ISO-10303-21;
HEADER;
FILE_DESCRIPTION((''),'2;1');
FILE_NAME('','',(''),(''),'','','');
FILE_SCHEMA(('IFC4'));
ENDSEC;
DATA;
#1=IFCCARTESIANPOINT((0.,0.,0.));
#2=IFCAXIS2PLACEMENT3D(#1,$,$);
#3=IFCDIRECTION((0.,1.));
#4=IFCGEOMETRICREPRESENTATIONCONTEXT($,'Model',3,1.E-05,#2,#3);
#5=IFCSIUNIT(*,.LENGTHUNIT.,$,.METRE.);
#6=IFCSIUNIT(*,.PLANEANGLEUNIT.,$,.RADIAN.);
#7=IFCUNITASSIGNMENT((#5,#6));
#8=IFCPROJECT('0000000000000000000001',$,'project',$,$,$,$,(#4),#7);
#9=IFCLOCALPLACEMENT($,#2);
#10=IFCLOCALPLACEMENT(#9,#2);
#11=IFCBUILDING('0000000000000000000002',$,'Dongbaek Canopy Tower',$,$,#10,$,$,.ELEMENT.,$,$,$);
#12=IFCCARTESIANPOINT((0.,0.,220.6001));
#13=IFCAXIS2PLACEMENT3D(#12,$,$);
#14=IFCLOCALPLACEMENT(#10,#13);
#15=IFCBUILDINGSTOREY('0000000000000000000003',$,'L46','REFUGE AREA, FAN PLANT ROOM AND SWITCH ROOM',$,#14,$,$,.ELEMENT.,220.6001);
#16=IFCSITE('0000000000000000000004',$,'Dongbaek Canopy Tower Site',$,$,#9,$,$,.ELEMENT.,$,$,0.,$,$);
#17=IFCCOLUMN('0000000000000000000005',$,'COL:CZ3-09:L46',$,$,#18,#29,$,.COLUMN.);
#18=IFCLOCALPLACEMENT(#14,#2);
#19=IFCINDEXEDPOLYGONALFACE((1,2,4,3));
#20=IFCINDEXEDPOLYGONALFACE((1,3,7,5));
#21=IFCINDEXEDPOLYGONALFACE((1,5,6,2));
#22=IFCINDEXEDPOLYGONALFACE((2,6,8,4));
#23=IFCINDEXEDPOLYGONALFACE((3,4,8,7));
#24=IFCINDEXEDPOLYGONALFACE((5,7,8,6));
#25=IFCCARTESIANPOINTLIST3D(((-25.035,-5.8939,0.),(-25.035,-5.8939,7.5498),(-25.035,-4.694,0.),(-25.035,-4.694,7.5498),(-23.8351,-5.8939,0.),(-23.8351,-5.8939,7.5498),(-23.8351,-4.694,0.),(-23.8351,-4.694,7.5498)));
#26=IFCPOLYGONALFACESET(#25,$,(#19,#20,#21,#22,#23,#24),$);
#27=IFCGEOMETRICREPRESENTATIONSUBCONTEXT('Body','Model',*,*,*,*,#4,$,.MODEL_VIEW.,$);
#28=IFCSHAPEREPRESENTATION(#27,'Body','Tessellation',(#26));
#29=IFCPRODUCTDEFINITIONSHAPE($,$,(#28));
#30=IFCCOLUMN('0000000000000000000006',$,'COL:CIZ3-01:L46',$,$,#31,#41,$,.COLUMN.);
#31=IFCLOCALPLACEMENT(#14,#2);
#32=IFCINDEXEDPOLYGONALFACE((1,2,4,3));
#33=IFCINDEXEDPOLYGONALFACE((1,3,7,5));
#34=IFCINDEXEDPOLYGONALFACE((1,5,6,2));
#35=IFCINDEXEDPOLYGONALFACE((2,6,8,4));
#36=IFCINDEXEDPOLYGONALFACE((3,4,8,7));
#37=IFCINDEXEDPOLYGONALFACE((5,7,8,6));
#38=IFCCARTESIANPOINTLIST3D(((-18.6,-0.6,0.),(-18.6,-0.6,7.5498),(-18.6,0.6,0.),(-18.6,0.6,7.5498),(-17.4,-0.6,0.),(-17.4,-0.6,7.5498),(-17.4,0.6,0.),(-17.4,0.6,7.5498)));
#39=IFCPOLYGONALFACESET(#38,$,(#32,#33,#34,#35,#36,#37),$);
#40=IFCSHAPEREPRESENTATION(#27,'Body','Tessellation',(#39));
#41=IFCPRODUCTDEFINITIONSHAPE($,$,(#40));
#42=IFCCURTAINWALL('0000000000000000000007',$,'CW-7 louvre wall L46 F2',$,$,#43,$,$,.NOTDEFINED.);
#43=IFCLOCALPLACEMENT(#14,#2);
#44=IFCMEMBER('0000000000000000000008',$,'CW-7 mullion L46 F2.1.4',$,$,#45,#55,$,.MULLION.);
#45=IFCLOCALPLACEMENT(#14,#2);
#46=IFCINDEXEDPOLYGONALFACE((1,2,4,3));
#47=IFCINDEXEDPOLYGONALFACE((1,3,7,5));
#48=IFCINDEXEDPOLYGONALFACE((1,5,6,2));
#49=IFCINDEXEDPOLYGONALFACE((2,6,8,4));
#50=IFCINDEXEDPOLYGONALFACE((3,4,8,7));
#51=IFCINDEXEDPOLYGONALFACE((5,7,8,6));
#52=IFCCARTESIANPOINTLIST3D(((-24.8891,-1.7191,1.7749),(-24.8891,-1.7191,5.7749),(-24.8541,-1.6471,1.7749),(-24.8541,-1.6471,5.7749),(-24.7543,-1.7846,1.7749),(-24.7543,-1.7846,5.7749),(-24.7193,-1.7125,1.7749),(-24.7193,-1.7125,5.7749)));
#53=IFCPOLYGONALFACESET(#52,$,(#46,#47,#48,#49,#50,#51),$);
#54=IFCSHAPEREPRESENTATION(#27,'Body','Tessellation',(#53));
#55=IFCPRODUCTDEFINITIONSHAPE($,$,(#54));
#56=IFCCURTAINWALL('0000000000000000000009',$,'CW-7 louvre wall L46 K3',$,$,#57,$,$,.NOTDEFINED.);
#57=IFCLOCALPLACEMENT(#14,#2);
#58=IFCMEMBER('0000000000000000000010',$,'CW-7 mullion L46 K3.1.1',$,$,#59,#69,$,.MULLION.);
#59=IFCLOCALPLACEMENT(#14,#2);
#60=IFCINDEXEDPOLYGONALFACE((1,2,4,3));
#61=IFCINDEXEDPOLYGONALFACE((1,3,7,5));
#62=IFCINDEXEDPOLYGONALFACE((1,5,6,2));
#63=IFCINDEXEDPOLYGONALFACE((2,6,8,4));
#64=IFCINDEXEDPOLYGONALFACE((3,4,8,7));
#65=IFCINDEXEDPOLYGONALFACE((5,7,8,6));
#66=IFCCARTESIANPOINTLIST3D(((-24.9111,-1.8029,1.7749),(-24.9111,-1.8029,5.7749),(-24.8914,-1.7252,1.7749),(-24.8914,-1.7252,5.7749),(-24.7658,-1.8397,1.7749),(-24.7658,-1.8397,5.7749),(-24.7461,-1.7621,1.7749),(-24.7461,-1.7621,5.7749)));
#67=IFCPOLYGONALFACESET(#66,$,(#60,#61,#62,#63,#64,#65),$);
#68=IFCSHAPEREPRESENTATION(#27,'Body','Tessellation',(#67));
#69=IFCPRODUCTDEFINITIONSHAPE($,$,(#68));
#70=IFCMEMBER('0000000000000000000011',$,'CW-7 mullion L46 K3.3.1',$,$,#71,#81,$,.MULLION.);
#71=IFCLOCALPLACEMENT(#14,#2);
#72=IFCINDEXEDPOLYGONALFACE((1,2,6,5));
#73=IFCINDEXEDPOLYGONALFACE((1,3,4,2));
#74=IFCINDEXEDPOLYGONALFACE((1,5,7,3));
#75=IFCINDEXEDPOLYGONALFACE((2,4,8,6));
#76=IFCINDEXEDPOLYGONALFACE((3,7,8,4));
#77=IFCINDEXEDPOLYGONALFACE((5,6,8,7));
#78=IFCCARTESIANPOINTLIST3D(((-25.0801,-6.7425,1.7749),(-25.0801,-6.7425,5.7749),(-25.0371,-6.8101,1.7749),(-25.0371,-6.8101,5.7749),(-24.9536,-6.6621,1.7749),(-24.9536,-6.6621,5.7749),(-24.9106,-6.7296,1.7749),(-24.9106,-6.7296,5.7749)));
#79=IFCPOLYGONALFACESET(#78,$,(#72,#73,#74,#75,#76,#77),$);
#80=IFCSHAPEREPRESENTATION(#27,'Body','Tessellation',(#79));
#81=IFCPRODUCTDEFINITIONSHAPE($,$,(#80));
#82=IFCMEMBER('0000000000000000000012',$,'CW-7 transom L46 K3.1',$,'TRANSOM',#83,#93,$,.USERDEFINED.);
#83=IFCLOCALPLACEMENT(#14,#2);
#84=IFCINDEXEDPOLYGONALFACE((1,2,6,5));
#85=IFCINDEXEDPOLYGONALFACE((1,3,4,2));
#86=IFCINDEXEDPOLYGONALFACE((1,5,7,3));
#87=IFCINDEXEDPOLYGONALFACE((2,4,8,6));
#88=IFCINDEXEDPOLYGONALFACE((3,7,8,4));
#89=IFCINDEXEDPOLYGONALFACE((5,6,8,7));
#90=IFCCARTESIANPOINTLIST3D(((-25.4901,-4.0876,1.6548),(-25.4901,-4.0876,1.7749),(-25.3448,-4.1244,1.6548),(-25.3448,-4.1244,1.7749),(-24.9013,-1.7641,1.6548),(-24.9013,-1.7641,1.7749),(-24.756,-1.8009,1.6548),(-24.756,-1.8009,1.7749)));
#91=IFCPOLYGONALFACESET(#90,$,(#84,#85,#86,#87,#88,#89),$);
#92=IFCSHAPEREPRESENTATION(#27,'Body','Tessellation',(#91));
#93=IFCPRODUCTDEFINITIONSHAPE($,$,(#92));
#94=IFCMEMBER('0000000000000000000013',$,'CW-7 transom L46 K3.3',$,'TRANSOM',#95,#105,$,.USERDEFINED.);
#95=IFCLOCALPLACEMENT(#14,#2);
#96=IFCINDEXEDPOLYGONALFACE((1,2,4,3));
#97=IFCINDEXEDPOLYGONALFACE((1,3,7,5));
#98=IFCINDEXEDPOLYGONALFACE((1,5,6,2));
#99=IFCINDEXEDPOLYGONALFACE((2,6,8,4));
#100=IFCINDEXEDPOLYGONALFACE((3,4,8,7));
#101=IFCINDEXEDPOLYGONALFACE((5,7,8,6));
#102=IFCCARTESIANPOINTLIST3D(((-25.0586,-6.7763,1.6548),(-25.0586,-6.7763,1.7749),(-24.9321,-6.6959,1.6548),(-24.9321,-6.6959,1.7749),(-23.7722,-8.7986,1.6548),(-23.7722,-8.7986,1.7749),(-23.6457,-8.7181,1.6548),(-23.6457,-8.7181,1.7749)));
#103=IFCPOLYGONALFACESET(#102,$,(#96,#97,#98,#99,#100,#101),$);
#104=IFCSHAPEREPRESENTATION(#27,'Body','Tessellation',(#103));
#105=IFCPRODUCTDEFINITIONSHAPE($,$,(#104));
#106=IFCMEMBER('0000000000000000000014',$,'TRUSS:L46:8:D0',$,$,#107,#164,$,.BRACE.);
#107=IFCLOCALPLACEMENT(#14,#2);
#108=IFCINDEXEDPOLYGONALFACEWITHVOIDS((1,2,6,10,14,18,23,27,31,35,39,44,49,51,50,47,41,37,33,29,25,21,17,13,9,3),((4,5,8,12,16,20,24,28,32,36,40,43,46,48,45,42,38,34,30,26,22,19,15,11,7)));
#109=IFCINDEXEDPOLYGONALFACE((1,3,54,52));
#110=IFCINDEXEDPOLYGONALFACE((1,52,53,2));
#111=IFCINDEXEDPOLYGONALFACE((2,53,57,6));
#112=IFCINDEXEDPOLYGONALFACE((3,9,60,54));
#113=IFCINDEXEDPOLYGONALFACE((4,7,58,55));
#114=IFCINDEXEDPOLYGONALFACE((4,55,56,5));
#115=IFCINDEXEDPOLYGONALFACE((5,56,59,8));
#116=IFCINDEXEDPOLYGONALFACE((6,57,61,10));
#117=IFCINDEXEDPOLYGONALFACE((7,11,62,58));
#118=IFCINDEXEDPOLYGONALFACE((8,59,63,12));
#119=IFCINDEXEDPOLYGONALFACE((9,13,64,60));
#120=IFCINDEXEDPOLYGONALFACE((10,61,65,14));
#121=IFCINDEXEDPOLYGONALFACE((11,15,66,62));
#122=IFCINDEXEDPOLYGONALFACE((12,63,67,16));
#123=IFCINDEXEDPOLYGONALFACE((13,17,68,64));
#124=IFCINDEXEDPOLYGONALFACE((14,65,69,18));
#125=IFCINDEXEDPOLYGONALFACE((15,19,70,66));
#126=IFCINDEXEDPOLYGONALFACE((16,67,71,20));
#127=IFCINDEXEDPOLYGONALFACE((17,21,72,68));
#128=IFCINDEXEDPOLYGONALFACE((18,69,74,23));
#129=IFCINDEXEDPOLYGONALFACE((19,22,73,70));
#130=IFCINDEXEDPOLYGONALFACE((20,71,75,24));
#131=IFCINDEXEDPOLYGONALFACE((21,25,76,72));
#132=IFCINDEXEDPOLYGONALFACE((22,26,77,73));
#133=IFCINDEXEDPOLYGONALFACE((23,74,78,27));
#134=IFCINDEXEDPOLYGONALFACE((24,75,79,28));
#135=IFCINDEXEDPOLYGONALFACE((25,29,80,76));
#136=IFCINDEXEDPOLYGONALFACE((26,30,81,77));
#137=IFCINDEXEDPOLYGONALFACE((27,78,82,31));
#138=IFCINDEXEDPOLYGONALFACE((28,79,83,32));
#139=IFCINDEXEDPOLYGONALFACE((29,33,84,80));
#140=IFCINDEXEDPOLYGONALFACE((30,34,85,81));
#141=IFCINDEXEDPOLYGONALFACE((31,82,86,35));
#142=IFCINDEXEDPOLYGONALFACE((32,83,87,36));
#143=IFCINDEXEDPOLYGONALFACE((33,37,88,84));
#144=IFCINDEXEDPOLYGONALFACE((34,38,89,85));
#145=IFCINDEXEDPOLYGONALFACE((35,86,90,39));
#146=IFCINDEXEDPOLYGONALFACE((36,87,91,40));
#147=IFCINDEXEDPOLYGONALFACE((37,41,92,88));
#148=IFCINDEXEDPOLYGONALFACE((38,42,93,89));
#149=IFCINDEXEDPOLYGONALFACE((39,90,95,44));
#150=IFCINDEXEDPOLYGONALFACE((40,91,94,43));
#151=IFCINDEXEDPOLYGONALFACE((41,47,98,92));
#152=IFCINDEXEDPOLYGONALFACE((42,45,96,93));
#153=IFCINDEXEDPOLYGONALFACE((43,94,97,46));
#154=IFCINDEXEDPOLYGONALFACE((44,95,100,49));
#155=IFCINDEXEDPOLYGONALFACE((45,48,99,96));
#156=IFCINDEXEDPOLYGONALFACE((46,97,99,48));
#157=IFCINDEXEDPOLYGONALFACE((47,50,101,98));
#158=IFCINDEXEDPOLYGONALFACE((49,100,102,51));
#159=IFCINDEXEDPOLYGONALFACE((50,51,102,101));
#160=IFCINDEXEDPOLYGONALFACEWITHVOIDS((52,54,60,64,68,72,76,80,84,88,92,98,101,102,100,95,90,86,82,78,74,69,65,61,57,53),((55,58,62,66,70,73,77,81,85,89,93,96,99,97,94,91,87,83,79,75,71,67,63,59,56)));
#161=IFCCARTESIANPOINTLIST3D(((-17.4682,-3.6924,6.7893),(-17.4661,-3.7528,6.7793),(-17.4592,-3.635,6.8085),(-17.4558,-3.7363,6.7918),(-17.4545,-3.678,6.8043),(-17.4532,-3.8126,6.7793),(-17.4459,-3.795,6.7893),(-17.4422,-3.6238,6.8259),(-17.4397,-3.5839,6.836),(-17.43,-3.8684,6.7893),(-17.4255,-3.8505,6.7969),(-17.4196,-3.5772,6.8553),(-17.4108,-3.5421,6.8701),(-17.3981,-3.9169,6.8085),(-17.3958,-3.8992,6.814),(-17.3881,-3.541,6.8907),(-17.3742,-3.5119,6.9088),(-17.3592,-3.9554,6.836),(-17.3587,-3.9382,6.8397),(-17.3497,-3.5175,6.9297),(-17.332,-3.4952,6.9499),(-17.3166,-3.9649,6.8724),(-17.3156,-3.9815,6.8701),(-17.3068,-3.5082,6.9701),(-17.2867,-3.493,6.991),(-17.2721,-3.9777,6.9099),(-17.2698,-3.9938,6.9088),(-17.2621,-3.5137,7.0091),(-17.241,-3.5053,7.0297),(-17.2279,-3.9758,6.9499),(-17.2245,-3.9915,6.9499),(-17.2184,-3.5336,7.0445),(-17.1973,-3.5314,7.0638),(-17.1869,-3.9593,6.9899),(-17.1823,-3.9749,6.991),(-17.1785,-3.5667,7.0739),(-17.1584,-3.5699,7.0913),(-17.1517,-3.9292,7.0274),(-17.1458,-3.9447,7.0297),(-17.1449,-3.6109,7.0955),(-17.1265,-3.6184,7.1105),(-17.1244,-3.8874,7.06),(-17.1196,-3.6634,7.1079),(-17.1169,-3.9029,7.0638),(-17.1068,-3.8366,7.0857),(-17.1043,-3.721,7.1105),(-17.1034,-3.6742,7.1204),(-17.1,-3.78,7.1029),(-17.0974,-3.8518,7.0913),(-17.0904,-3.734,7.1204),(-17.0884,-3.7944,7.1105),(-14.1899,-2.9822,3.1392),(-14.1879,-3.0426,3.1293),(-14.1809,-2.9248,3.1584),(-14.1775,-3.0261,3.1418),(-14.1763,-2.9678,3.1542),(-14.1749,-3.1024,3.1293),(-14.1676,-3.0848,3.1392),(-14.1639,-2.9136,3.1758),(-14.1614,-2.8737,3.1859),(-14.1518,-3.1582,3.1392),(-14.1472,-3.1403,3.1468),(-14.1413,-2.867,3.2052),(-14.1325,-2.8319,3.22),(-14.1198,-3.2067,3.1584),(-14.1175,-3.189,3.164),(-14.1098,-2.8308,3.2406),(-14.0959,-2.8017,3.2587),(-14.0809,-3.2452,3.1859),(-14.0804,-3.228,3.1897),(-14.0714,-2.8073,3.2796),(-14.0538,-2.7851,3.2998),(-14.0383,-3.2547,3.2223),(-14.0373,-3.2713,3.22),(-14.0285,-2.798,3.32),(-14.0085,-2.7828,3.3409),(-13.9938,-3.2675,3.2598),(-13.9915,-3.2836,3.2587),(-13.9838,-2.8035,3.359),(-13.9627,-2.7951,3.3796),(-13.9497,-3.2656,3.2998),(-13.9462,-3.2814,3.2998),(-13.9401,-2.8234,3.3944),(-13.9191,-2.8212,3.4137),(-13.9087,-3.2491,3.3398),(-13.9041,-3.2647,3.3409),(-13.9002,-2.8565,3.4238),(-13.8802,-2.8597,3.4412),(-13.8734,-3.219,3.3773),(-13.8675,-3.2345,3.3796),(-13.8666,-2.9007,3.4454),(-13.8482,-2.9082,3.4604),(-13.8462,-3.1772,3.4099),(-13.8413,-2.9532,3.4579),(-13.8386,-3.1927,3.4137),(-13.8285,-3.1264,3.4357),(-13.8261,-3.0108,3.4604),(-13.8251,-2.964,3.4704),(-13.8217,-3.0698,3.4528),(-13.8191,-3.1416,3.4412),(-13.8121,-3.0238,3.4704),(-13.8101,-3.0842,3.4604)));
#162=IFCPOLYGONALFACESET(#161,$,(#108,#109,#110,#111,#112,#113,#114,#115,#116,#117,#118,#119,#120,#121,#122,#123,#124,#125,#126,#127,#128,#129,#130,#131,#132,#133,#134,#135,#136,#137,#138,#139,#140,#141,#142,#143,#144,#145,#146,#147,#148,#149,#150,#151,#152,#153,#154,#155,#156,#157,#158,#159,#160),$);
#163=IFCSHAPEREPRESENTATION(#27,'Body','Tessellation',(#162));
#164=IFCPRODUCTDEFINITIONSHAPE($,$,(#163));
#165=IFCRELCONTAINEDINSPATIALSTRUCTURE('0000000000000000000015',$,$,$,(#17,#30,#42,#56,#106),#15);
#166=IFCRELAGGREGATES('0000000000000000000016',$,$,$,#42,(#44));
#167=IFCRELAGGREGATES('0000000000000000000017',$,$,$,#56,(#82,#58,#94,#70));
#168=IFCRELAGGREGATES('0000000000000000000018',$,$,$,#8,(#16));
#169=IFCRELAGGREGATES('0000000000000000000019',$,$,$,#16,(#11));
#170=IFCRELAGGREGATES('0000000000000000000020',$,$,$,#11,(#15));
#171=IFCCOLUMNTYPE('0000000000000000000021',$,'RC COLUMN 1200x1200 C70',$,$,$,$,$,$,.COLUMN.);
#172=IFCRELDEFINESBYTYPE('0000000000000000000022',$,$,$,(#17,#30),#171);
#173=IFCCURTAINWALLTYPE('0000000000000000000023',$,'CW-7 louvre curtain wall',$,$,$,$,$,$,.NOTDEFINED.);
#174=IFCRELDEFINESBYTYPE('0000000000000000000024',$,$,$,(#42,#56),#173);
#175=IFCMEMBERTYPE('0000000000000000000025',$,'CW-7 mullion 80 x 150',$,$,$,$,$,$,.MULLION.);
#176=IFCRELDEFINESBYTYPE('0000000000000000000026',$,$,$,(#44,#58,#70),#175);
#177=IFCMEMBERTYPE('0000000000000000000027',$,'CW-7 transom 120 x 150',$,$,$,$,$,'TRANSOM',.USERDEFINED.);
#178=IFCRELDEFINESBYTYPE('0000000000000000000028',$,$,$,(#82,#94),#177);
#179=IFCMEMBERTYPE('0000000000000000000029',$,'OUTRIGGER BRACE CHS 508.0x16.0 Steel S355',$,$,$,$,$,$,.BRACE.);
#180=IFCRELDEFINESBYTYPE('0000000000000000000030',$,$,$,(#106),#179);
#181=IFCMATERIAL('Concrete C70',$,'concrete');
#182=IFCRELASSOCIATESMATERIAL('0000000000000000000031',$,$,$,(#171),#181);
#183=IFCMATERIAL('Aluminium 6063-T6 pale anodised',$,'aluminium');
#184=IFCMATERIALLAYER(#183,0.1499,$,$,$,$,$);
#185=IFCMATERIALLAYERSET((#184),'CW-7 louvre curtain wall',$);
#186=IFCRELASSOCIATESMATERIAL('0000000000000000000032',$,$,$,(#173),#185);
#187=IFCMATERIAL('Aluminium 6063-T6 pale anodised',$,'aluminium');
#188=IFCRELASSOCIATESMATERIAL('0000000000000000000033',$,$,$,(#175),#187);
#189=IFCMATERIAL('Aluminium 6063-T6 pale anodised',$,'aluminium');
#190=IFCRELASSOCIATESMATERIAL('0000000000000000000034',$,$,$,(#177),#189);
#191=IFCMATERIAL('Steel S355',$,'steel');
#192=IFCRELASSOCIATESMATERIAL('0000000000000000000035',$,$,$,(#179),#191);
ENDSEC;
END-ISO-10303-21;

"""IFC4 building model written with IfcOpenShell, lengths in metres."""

from ifc_helpers import new_model, si_unit, direction, frame, origin, origin_2d, place, context, subcontext, project, spatial, rectangle, hollow_circle, extrude, material, layer, layer_set, material_profile, profile_set, type_object, element, aggregate, save


model = new_model("IFC4")

# Units and contexts
model_context = context("Model", 3, precision=1e-05, world=origin(), true_north=direction((0.0, 1.0)))
body_context = subcontext(model_context, "Body", "Model", "MODEL_VIEW")
ifc_project = project(units=[si_unit("LENGTHUNIT", "METRE"), si_unit("PLANEANGLEUNIT", "RADIAN")], contexts=[model_context])

# Site, building, storey
site_placement = place(None, origin())
site = spatial("IfcSite", under=ifc_project, at=site_placement, Name="Dongbaek Canopy Tower Site", CompositionType="ELEMENT", RefElevation=0.0)
building_placement = place(site_placement, origin())
building = spatial("IfcBuilding", under=site, at=building_placement, Name="Dongbaek Canopy Tower", CompositionType="ELEMENT")
storey_placement = place(building_placement, frame((0.0, 0.0, 220.6001)))
storey = spatial("IfcBuildingStorey", under=building, at=storey_placement, Name="L46", Description="REFUGE AREA, FAN PLANT ROOM AND SWITCH ROOM", CompositionType="ELEMENT", Elevation=220.6001)

# Columns
ifc_material_1 = material(Name="Concrete C70", Category="concrete")
ifc_material_profile_1 = material_profile(ifc_material_1, rectangle(XDim=1.2, YDim=1.2, at=origin_2d()), Name="RC COLUMN 1200x1200 C70")
ifc_profile_set_1 = profile_set([ifc_material_profile_1], Name="Concrete C70")
column_type = type_object("IfcColumnType", Name="RC COLUMN 1200x1200 C70", PredefinedType="COLUMN", material=ifc_profile_set_1)
for number, where, z_axis, x_axis, name in (
    (1, (-24.4351, -5.2939, 0.0), (0.0, 0.0, 1.0), (1.0, 0.0, 0.0), "COL:CZ3-09:L46"),
    (2, (-18.0, 0.0, 0.0), (0.0, 0.0, 1.0), (1.0, 0.0, 0.0), "COL:CIZ3-01:L46"),
):
    element("IfcColumn", number, at=place(storey_placement, frame(where, z_axis=z_axis, x_axis=x_axis)), inside=storey, type_object=column_type, Name=name, PredefinedType="COLUMN", context=body_context, shape_type="SweptSolid", body=[
        extrude(rectangle(XDim=1.2, YDim=1.2, at=origin_2d()), origin(), (0.0, 0.0, 1.0), 7.5498),
    ])

# Curtain wall, member
ifc_material_2 = material(Name="Aluminium 6063-T6 pale anodised", Category="aluminium")
ifc_layer_1 = layer(ifc_material_2, 0.1499)
ifc_layer_set_1 = layer_set([ifc_layer_1], Name="CW-7 louvre curtain wall")
curtain_wall_type = type_object("IfcCurtainWallType", Name="CW-7 louvre curtain wall", PredefinedType="NOTDEFINED", material=ifc_layer_set_1)
curtain_wall_1_placement = place(storey_placement, origin())
curtain_wall_1 = element("IfcCurtainWall", 3, at=curtain_wall_1_placement, inside=storey, type_object=curtain_wall_type, Name="CW-7 louvre wall L46 F2", PredefinedType="NOTDEFINED")
ifc_material_3 = material(Name="Aluminium 6063-T6 pale anodised", Category="aluminium")
ifc_material_profile_2 = material_profile(ifc_material_3, rectangle(XDim=0.1499, YDim=0.0801, at=origin_2d()), Name="CW-7 mullion 80 x 150")
ifc_profile_set_2 = profile_set([ifc_material_profile_2], Name="Aluminium 6063-T6 pale anodised")
member_type_1 = type_object("IfcMemberType", Name="CW-7 mullion 80 x 150", PredefinedType="MULLION", material=ifc_profile_set_2)
member_1_placement = place(storey_placement, frame((-24.8042, -1.7158, 1.7749), z_axis=(0.0, 0.0, 1.0), x_axis=(-0.899575, 0.436767, 0.0)))
member_1 = element("IfcMember", 4, at=member_1_placement, type_object=member_type_1, Name="CW-7 mullion L46 F2.1.4", PredefinedType="MULLION", context=body_context, shape_type="SweptSolid", body=[
    extrude(rectangle(XDim=0.1499, YDim=0.0801, at=origin_2d()), origin(), (0.0, 0.0, 1.0), 4.0),
])
aggregate(curtain_wall_1, [member_1])

# Curtain wall, members
curtain_wall_2_placement = place(storey_placement, origin())
curtain_wall_2 = element("IfcCurtainWall", 5, at=curtain_wall_2_placement, inside=storey, type_object=curtain_wall_type, Name="CW-7 louvre wall L46 K3", PredefinedType="NOTDEFINED")
member_2_placement = place(storey_placement, frame((-24.8286, -1.7825, 1.7749), z_axis=(0.0, 0.0, 1.0), x_axis=(-0.969335, 0.245743, 0.0)))
member_2 = element("IfcMember", 6, at=member_2_placement, type_object=member_type_1, Name="CW-7 mullion L46 K3.1.1", PredefinedType="MULLION", context=body_context, shape_type="SweptSolid", body=[
    extrude(rectangle(XDim=0.1499, YDim=0.0801, at=origin_2d()), origin(), (0.0, 0.0, 1.0), 4.0),
])
member_3_placement = place(storey_placement, frame((-24.9954, -6.7361, 1.7749), z_axis=(0.0, 0.0, 1.0), x_axis=(-0.843744, -0.536746, 0.0)))
member_3 = element("IfcMember", 7, at=member_3_placement, type_object=member_type_1, Name="CW-7 mullion L46 K3.3.1", PredefinedType="MULLION", context=body_context, shape_type="SweptSolid", body=[
    extrude(rectangle(XDim=0.1499, YDim=0.0801, at=origin_2d()), origin(), (0.0, 0.0, 1.0), 4.0),
])
ifc_material_4 = material(Name="Aluminium 6063-T6 pale anodised", Category="aluminium")
ifc_material_profile_3 = material_profile(ifc_material_4, rectangle(XDim=0.1499, YDim=0.1201, at=origin_2d()), Name="CW-7 transom 120 x 150")
ifc_profile_set_3 = profile_set([ifc_material_profile_3], Name="Aluminium 6063-T6 pale anodised")
member_type_2 = type_object("IfcMemberType", Name="CW-7 transom 120 x 150", ElementType="TRANSOM", PredefinedType="USERDEFINED", material=ifc_profile_set_3)
member_4_placement = place(storey_placement, frame((-24.8286, -1.7825, 1.7148), z_axis=(-0.245674, -0.969353, 0.0), x_axis=(0.969353, -0.245674, 0.0)))
member_4 = element("IfcMember", 8, at=member_4_placement, type_object=member_type_2, Name="CW-7 transom L46 K3.1", ObjectType="TRANSOM", PredefinedType="USERDEFINED", context=body_context, shape_type="SweptSolid", body=[
    extrude(rectangle(XDim=0.1499, YDim=0.1201, at=origin_2d()), origin(), (0.0, 0.0, 1.0), 2.397),
])
member_5_placement = place(storey_placement, frame((-24.9954, -6.7361, 1.7148), z_axis=(0.53673, -0.843754, 0.0), x_axis=(0.843754, 0.53673, 0.0)))
member_5 = element("IfcMember", 9, at=member_5_placement, type_object=member_type_2, Name="CW-7 transom L46 K3.3", ObjectType="TRANSOM", PredefinedType="USERDEFINED", context=body_context, shape_type="SweptSolid", body=[
    extrude(rectangle(XDim=0.1499, YDim=0.1201, at=origin_2d()), origin(), (0.0, 0.0, 1.0), 2.3967),
])

# Member
ifc_material_5 = material(Name="Steel S355", Category="steel")
ifc_material_profile_4 = material_profile(ifc_material_5, hollow_circle(Radius=0.2539, WallThickness=0.0161, at=origin_2d()), Name="OUTRIGGER BRACE CHS 508.0x16.0 Steel S355")
ifc_profile_set_4 = profile_set([ifc_material_profile_4], Name="Steel S355")
member_type_3 = type_object("IfcMemberType", Name="OUTRIGGER BRACE CHS 508.0x16.0 Steel S355", PredefinedType="BRACE", material=ifc_profile_set_4)
for number, where, z_axis, x_axis, name in (
    (10, (-14.0, -3.0332, 3.2998), (-0.661305, -0.143263, 0.73631), (0.211726, -0.977329, 0.0), "TRUSS:L46:8:D0"),
):
    element("IfcMember", number, at=place(storey_placement, frame(where, z_axis=z_axis, x_axis=x_axis)), inside=storey, type_object=member_type_3, Name=name, PredefinedType="BRACE", context=body_context, shape_type="SweptSolid", body=[
        extrude(hollow_circle(Radius=0.2539, WallThickness=0.0161, at=origin_2d()), origin(), (0.0, 0.0, 1.0), 4.9573),
    ])

aggregate(curtain_wall_2, [member_4, member_2, member_5, member_3])

save(model, "model.ifc")
